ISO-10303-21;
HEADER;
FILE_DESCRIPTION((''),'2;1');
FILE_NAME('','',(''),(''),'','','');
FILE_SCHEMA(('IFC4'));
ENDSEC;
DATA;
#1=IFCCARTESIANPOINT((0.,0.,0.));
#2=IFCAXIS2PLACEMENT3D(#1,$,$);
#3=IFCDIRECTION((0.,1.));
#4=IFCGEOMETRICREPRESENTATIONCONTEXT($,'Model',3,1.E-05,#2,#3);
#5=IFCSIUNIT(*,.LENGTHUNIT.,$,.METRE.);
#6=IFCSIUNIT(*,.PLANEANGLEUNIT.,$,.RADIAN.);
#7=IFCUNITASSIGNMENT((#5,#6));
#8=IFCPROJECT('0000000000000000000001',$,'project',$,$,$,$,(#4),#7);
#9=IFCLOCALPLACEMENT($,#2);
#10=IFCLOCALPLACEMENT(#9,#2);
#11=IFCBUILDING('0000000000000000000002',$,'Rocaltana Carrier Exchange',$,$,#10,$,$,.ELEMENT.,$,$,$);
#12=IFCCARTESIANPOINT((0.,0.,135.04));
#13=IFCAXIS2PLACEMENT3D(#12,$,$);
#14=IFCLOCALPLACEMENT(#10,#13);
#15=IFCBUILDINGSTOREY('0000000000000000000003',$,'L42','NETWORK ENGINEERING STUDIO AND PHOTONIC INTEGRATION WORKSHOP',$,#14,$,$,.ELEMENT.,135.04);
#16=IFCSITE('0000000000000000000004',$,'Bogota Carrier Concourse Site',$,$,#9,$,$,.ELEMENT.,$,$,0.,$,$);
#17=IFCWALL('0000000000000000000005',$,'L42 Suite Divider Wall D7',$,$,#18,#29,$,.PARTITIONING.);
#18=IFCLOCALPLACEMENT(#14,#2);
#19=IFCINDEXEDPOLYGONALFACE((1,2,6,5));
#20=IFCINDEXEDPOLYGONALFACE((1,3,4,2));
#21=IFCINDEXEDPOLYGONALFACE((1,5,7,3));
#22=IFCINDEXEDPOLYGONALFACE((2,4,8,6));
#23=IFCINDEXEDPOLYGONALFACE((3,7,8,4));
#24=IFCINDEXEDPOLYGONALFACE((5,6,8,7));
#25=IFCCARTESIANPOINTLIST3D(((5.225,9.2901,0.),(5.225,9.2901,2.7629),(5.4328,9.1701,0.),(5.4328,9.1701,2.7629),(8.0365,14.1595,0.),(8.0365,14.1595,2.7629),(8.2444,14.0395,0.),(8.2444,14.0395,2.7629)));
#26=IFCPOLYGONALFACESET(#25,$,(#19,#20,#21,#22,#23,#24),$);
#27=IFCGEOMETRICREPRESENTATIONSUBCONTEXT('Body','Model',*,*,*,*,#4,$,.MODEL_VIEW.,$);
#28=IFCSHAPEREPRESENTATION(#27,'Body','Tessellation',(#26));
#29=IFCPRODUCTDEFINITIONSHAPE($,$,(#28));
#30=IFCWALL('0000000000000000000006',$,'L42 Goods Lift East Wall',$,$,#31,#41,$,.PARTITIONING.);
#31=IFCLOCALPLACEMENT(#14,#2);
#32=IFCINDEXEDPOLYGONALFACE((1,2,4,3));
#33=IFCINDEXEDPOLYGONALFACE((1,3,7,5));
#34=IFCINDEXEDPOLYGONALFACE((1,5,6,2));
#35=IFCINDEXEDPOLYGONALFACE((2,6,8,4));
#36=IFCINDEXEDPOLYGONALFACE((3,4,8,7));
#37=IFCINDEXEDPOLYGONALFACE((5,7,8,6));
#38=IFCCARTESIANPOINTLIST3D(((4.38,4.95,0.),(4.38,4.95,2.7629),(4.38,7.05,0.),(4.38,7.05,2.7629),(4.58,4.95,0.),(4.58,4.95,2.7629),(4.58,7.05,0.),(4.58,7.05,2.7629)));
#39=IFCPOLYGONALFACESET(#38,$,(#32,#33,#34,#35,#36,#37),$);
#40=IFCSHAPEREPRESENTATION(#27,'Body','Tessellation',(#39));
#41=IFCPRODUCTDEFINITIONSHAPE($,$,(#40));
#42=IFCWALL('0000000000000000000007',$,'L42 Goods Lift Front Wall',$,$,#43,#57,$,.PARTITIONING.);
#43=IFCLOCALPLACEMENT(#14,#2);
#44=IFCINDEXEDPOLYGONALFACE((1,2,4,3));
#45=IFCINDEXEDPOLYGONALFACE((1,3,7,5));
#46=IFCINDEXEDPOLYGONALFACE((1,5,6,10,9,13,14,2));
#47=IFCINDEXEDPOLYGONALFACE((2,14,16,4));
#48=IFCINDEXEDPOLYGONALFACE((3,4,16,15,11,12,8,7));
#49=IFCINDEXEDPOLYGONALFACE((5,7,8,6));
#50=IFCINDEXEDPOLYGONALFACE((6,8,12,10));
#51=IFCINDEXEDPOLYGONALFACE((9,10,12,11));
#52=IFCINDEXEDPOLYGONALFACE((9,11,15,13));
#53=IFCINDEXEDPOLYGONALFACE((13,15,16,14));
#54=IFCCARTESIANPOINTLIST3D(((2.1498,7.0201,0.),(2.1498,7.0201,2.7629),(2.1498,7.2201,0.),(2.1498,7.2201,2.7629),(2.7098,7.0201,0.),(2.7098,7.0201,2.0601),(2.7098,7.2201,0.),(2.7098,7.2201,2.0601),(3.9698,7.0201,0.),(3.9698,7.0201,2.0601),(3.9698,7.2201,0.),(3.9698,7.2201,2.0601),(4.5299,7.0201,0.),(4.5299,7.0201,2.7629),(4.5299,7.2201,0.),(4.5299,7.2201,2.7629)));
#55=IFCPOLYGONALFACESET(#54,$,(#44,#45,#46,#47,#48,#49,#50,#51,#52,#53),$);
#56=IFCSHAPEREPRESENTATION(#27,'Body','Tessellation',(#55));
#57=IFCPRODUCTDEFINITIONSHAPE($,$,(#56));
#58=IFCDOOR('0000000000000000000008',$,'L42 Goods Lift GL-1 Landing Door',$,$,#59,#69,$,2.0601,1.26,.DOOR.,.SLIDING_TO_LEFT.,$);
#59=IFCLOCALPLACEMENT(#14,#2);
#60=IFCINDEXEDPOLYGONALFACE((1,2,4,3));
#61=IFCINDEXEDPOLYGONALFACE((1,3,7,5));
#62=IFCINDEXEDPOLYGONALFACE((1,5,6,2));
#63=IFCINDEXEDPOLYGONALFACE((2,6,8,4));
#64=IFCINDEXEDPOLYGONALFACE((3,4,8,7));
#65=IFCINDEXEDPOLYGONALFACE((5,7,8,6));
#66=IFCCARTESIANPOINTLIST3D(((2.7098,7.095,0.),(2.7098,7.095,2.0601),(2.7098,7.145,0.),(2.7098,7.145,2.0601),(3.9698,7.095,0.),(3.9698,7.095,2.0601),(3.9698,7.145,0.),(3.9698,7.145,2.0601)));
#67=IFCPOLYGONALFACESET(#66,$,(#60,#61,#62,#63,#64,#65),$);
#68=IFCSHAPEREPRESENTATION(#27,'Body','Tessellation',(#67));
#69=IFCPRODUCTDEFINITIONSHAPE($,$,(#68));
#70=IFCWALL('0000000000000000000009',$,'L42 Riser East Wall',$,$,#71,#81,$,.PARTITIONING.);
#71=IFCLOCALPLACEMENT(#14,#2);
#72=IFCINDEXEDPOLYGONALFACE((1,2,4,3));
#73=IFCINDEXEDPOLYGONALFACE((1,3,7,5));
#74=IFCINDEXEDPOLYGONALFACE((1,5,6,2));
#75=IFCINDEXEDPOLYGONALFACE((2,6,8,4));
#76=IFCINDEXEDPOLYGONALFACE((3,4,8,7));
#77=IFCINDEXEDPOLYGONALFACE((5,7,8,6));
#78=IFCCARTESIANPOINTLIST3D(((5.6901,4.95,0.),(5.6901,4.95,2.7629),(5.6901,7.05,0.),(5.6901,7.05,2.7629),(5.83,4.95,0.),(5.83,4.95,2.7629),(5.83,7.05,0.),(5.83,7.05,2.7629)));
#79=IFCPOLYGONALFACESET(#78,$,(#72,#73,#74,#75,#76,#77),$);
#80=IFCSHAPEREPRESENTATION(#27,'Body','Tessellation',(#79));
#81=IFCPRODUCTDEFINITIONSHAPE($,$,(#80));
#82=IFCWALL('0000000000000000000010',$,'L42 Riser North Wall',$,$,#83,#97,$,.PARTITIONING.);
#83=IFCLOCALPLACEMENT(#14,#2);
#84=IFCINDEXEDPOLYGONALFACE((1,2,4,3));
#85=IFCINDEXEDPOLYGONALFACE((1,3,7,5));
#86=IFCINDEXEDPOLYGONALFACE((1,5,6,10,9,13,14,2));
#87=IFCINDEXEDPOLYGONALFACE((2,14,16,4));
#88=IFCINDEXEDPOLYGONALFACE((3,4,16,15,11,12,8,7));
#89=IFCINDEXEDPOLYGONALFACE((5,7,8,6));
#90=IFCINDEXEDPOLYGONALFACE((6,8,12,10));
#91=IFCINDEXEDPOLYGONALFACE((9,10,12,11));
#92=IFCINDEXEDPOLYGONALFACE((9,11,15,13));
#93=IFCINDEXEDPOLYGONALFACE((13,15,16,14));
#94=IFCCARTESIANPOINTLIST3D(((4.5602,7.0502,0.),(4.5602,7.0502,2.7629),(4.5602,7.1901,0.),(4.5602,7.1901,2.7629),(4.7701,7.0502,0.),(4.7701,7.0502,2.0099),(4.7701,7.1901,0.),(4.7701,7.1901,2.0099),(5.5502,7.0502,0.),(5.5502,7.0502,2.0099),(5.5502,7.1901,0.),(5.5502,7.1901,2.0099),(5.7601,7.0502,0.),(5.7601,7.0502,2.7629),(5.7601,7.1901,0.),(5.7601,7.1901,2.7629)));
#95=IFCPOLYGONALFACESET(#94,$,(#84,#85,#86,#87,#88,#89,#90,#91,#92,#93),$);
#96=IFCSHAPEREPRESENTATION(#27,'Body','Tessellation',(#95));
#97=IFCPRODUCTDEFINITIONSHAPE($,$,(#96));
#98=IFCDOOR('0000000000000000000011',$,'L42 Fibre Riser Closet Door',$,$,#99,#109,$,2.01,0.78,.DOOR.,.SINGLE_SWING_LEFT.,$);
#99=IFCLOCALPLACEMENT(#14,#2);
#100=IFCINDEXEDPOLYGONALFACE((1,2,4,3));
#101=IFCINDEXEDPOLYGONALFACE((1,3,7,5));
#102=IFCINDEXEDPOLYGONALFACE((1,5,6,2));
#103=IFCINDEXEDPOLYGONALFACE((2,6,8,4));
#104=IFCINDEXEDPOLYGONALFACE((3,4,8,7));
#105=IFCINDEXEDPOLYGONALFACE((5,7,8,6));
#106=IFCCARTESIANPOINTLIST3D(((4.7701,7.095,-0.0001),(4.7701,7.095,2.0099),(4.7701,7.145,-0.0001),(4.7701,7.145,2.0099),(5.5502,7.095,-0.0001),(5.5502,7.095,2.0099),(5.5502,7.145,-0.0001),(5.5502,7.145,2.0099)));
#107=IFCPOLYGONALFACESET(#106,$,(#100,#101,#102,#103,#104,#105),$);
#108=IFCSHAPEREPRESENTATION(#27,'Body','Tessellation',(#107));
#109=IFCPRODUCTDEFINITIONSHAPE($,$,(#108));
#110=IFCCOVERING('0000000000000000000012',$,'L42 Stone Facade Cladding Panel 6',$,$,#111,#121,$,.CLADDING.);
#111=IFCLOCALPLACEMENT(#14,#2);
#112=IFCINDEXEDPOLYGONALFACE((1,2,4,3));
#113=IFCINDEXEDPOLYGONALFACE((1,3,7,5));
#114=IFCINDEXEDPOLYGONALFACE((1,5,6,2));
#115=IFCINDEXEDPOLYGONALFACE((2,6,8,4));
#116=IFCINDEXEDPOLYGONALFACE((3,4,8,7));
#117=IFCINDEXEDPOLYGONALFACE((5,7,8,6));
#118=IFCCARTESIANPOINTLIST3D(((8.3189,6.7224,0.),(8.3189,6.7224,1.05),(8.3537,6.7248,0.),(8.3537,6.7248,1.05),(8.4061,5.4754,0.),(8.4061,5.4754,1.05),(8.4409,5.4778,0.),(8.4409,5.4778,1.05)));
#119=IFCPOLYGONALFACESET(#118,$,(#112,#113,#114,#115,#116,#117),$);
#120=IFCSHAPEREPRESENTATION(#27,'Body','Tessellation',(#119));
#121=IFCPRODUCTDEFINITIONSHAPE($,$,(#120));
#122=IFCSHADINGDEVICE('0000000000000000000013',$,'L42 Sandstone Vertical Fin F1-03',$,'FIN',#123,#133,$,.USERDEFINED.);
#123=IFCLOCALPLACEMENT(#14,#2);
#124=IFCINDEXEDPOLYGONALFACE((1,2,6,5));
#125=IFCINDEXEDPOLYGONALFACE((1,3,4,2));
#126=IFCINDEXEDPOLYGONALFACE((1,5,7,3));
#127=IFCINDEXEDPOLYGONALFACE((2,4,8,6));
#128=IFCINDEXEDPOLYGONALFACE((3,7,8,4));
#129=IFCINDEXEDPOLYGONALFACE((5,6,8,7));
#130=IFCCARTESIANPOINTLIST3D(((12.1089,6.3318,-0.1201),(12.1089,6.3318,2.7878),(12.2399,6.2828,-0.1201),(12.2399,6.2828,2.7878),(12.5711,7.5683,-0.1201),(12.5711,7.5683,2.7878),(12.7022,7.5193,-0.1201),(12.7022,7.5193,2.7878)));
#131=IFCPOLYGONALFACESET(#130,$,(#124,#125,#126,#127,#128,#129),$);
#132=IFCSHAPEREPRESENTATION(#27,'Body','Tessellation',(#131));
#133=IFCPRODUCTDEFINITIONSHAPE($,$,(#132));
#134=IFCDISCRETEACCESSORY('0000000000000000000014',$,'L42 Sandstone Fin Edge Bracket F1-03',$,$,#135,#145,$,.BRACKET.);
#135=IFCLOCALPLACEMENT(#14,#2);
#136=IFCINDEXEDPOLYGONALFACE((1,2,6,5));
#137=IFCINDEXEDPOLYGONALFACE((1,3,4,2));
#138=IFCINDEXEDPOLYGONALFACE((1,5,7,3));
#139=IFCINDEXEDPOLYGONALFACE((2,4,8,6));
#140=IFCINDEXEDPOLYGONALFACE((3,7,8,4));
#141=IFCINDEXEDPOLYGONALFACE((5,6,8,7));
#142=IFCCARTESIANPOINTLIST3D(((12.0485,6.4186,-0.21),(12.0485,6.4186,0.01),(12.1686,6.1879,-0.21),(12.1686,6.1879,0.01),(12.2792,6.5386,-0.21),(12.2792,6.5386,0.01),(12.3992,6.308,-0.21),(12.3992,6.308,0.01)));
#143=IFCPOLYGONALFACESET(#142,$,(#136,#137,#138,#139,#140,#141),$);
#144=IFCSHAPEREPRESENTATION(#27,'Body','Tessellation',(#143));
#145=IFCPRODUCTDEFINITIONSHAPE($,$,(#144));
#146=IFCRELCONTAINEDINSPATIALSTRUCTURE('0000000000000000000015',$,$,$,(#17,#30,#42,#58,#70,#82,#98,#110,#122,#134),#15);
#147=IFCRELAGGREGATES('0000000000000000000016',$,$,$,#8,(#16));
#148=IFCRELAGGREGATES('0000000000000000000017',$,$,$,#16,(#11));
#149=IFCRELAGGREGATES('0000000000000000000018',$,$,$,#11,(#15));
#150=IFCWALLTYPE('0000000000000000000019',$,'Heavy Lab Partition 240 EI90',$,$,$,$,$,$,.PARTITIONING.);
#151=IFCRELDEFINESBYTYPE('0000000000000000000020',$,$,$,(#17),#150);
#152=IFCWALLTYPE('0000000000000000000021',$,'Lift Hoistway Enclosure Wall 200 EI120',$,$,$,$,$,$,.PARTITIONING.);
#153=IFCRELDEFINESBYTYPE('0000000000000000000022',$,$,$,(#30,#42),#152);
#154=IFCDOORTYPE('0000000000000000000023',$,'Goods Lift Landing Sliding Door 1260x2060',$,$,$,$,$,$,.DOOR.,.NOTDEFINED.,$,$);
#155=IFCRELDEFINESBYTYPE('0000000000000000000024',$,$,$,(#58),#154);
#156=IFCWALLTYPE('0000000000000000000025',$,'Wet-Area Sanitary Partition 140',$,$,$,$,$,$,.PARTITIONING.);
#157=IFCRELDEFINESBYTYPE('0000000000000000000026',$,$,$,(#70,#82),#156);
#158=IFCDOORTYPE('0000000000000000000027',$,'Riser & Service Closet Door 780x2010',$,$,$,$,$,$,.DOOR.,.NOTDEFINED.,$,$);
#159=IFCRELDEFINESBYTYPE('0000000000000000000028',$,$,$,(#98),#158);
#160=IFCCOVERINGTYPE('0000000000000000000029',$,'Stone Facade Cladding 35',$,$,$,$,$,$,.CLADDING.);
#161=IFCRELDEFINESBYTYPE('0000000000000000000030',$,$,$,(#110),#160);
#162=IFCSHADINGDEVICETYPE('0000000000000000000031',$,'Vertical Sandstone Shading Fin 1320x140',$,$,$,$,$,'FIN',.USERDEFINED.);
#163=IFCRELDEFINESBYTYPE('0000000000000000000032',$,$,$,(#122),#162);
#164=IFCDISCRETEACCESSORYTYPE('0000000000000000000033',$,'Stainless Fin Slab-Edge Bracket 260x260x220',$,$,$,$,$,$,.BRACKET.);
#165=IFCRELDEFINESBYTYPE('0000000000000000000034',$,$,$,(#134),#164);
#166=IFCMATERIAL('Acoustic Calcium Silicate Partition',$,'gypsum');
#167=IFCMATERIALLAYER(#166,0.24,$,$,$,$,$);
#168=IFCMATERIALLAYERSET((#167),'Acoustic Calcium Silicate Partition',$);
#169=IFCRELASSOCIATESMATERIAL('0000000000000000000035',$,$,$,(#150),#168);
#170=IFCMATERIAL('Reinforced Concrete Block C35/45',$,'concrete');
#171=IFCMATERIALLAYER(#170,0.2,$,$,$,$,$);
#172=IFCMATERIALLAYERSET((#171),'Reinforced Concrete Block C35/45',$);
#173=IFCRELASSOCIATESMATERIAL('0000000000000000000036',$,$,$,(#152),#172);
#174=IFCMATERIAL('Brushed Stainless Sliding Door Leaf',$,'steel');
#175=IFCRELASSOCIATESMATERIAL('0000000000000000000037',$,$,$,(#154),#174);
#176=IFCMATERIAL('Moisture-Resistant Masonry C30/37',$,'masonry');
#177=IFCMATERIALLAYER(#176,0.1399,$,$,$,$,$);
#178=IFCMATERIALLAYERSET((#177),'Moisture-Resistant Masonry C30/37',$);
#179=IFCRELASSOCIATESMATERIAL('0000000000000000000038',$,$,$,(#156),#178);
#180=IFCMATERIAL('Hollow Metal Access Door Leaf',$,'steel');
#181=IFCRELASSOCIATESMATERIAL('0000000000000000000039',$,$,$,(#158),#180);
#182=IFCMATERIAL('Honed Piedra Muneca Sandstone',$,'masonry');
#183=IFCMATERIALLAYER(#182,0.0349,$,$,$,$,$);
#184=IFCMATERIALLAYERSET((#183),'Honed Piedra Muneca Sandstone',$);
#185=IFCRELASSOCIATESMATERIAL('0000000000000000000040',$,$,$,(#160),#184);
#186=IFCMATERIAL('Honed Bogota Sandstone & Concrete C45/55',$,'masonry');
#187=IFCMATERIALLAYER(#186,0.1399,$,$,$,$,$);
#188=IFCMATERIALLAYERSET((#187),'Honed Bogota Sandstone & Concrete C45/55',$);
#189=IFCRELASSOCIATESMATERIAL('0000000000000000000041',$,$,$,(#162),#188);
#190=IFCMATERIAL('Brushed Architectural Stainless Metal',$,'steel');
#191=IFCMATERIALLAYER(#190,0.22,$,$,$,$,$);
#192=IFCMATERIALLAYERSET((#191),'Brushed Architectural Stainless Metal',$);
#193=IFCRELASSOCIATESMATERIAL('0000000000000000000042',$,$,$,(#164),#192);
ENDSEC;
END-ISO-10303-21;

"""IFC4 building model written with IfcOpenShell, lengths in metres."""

from ifc_helpers import new_model, si_unit, direction, frame, frame_2d, origin, origin_2d, place, context, subcontext, project, spatial, rectangle, extrude, material, layer, layer_set, type_object, element, fill, save


model = new_model("IFC4")

# Units and contexts
model_context = context("Model", 3, precision=1e-05, world=origin(), true_north=direction((0.0, 1.0)))
body_context = subcontext(model_context, "Body", "Model", "MODEL_VIEW")
ifc_project = project(units=[si_unit("LENGTHUNIT", "METRE"), si_unit("PLANEANGLEUNIT", "RADIAN")], contexts=[model_context])

# Site, building, storey
site_placement = place(None, origin())
site = spatial("IfcSite", under=ifc_project, at=site_placement, Name="Bogota Carrier Concourse Site", CompositionType="ELEMENT", RefElevation=0.0)
building_placement = place(site_placement, origin())
building = spatial("IfcBuilding", under=site, at=building_placement, Name="Rocaltana Carrier Exchange", CompositionType="ELEMENT")
storey_placement = place(building_placement, frame((0.0, 0.0, 135.04)))
storey = spatial("IfcBuildingStorey", under=building, at=storey_placement, Name="L42", Description="NETWORK ENGINEERING STUDIO AND PHOTONIC INTEGRATION WORKSHOP", CompositionType="ELEMENT", Elevation=135.04)

# Walls
ifc_material_1 = material(Name="Acoustic Calcium Silicate Partition", Category="gypsum")
ifc_layer_1 = layer(ifc_material_1, 0.24)
ifc_layer_set_1 = layer_set([ifc_layer_1], Name="Acoustic Calcium Silicate Partition")
wall_type_1 = type_object("IfcWallType", Name="Heavy Lab Partition 240 EI90", PredefinedType="PARTITIONING", material=ifc_layer_set_1)
wall_1_placement = place(storey_placement, frame((5.3289, 9.23, 0.0), z_axis=(0.0, 0.0, 1.0), x_axis=(0.500024, 0.866011, 0.0)))
element("IfcWall", 1, at=wall_1_placement, inside=storey, type_object=wall_type_1, Name="L42 Suite Divider Wall D7", PredefinedType="PARTITIONING", context=body_context, shape_type="SweptSolid", body=[
    extrude(rectangle(XDim=5.6228, YDim=0.24, at=frame_2d((2.8115, 0.0))), origin(), (0.0, 0.0, 1.0), 2.7629),
])
ifc_material_2 = material(Name="Reinforced Concrete Block C35/45", Category="concrete")
ifc_layer_2 = layer(ifc_material_2, 0.2)
ifc_layer_set_2 = layer_set([ifc_layer_2], Name="Reinforced Concrete Block C35/45")
wall_type_2 = type_object("IfcWallType", Name="Lift Hoistway Enclosure Wall 200 EI120", PredefinedType="PARTITIONING", material=ifc_layer_set_2)
wall_2_placement = place(storey_placement, frame((4.48, 4.95, 0.0), z_axis=(0.0, 0.0, 1.0), x_axis=(0.0, 1.0, 0.0)))
element("IfcWall", 2, at=wall_2_placement, inside=storey, type_object=wall_type_2, Name="L42 Goods Lift East Wall", PredefinedType="PARTITIONING", context=body_context, shape_type="SweptSolid", body=[
    extrude(rectangle(XDim=2.1001, YDim=0.2, at=frame_2d((1.05, 0.0))), origin(), (0.0, 0.0, 1.0), 2.7629),
])

# Wall, opening, door
wall_3_placement = place(storey_placement, frame((2.1499, 7.1201, 0.0), z_axis=(0.0, 0.0, 1.0), x_axis=(1.0, 0.0, 0.0)))
wall_3 = element("IfcWall", 3, at=wall_3_placement, inside=storey, type_object=wall_type_2, Name="L42 Goods Lift Front Wall", PredefinedType="PARTITIONING", context=body_context, shape_type="SweptSolid", body=[
    extrude(rectangle(XDim=2.3801, YDim=0.2, at=frame_2d((1.1899, 0.0))), origin(), (0.0, 0.0, 1.0), 2.7629),
])
opening_1_placement = place(wall_3_placement, frame((0.5601, 0.0, 0.0)))
opening_1 = element("IfcOpeningElement", 4, at=opening_1_placement, cuts=wall_3, PredefinedType="OPENING", context=body_context, shape_type="SweptSolid", body=[
    extrude(rectangle(XDim=1.26, YDim=2.0601, at=frame_2d((0.6299, 1.03))), frame((0.0, 0.1099, 0.0), z_axis=(0.0, -1.0, 0.0), x_axis=(1.0, 0.0, 0.0)), (0.0, 0.0, 1.0), 0.22),
])
ifc_material_3 = material(Name="Brushed Stainless Sliding Door Leaf", Category="steel")
door_type_1 = type_object("IfcDoorType", Name="Goods Lift Landing Sliding Door 1260x2060", OperationType="NOTDEFINED", PredefinedType="DOOR", material=ifc_material_3)
door_1_placement = place(opening_1_placement, origin())
door_1 = element("IfcDoor", 5, at=door_1_placement, inside=storey, type_object=door_type_1, Name="L42 Goods Lift GL-1 Landing Door", OperationType="SLIDING_TO_LEFT", OverallHeight=2.0601, OverallWidth=1.26, PredefinedType="DOOR", context=body_context, shape_type="SweptSolid", body=[
    extrude(rectangle(XDim=1.26, YDim=2.0601, at=frame_2d((0.6299, 1.03))), frame((0.0, 0.0249, 0.0), z_axis=(0.0, -1.0, 0.0), x_axis=(1.0, 0.0, 0.0)), (0.0, 0.0, 1.0), 0.05),
])
fill(opening_1, door_1)

# Wall
ifc_material_4 = material(Name="Moisture-Resistant Masonry C30/37", Category="masonry")
ifc_layer_3 = layer(ifc_material_4, 0.1399)
ifc_layer_set_3 = layer_set([ifc_layer_3], Name="Moisture-Resistant Masonry C30/37")
wall_type_3 = type_object("IfcWallType", Name="Wet-Area Sanitary Partition 140", PredefinedType="PARTITIONING", material=ifc_layer_set_3)
wall_4_placement = place(storey_placement, frame((5.76, 4.95, 0.0), z_axis=(0.0, 0.0, 1.0), x_axis=(0.0, 1.0, 0.0)))
element("IfcWall", 6, at=wall_4_placement, inside=storey, type_object=wall_type_3, Name="L42 Riser East Wall", PredefinedType="PARTITIONING", context=body_context, shape_type="SweptSolid", body=[
    extrude(rectangle(XDim=2.1001, YDim=0.1399, at=frame_2d((1.05, 0.0))), origin(), (0.0, 0.0, 1.0), 2.7629),
])

# Wall, opening, door
wall_5_placement = place(storey_placement, frame((4.5601, 7.1201, 0.0), z_axis=(0.0, 0.0, 1.0), x_axis=(1.0, 0.0, 0.0)))
wall_5 = element("IfcWall", 7, at=wall_5_placement, inside=storey, type_object=wall_type_3, Name="L42 Riser North Wall", PredefinedType="PARTITIONING", context=body_context, shape_type="SweptSolid", body=[
    extrude(rectangle(XDim=1.2, YDim=0.1399, at=frame_2d((0.6001, 0.0))), origin(), (0.0, 0.0, 1.0), 2.7629),
])
opening_2_placement = place(wall_5_placement, frame((0.21, 0.0, 0.0)))
opening_2 = element("IfcOpeningElement", 8, at=opening_2_placement, cuts=wall_5, PredefinedType="OPENING", context=body_context, shape_type="SweptSolid", body=[
    extrude(rectangle(XDim=0.78, YDim=2.01, at=frame_2d((0.3901, 1.0049))), frame((0.0, 0.0798, 0.0), z_axis=(0.0, -1.0, 0.0), x_axis=(1.0, 0.0, 0.0)), (0.0, 0.0, 1.0), 0.1599),
])
ifc_material_5 = material(Name="Hollow Metal Access Door Leaf", Category="steel")
door_type_2 = type_object("IfcDoorType", Name="Riser & Service Closet Door 780x2010", OperationType="NOTDEFINED", PredefinedType="DOOR", material=ifc_material_5)
door_2_placement = place(opening_2_placement, origin())
door_2 = element("IfcDoor", 9, at=door_2_placement, inside=storey, type_object=door_type_2, Name="L42 Fibre Riser Closet Door", OperationType="SINGLE_SWING_LEFT", OverallHeight=2.01, OverallWidth=0.78, PredefinedType="DOOR", context=body_context, shape_type="SweptSolid", body=[
    extrude(rectangle(XDim=0.78, YDim=2.01, at=frame_2d((0.3901, 1.0049))), frame((0.0, 0.0249, 0.0), z_axis=(0.0, -1.0, 0.0), x_axis=(1.0, 0.0, 0.0)), (0.0, 0.0, 1.0), 0.05),
])
fill(opening_2, door_2)

# Covering
ifc_material_6 = material(Name="Honed Piedra Muneca Sandstone", Category="masonry")
ifc_layer_4 = layer(ifc_material_6, 0.0349)
ifc_layer_set_4 = layer_set([ifc_layer_4], Name="Honed Piedra Muneca Sandstone")
covering_type = type_object("IfcCoveringType", Name="Stone Facade Cladding 35", PredefinedType="CLADDING", material=ifc_layer_set_4)
covering_placement = place(storey_placement, frame((8.3799, 6.1001, 0.0), z_axis=(0.0, 0.0, 1.0), x_axis=(-0.069756, 0.997564, 0.0)))
element("IfcCovering", 10, at=covering_placement, inside=storey, type_object=covering_type, Name="L42 Stone Facade Cladding Panel 6", PredefinedType="CLADDING", context=body_context, shape_type="SweptSolid", body=[
    extrude(rectangle(XDim=1.25, YDim=0.0349, at=origin_2d()), origin(), (0.0, 0.0, 1.0), 1.05),
])

# Shading device
ifc_material_7 = material(Name="Honed Bogota Sandstone & Concrete C45/55", Category="masonry")
ifc_layer_5 = layer(ifc_material_7, 0.1399)
ifc_layer_set_5 = layer_set([ifc_layer_5], Name="Honed Bogota Sandstone & Concrete C45/55")
shading_device_type = type_object("IfcShadingDeviceType", Name="Vertical Sandstone Shading Fin 1320x140", ElementType="FIN", PredefinedType="USERDEFINED", material=ifc_layer_set_5)
shading_device_placement = place(storey_placement, frame((12.4055, 6.9255, -0.1201), z_axis=(0.0, 0.0, 1.0), x_axis=(0.350207, 0.936672, 0.0)))
element("IfcShadingDevice", 11, at=shading_device_placement, inside=storey, type_object=shading_device_type, Name="L42 Sandstone Vertical Fin F1-03", ObjectType="FIN", PredefinedType="USERDEFINED", context=body_context, shape_type="SweptSolid", body=[
    extrude(rectangle(XDim=1.3201, YDim=0.1399, at=origin_2d()), origin(), (0.0, 0.0, 1.0), 2.908),
])

# Discrete accessory
ifc_material_8 = material(Name="Brushed Architectural Stainless Metal", Category="steel")
ifc_layer_6 = layer(ifc_material_8, 0.22)
ifc_layer_set_6 = layer_set([ifc_layer_6], Name="Brushed Architectural Stainless Metal")
discrete_accessory_type = type_object("IfcDiscreteAccessoryType", Name="Stainless Fin Slab-Edge Bracket 260x260x220", PredefinedType="BRACKET", material=ifc_layer_set_6)
discrete_accessory_placement = place(storey_placement, frame((12.2239, 6.3633, -0.21), z_axis=(0.0, 0.0, 1.0), x_axis=(-0.461749, 0.887011, 0.0)))
element("IfcDiscreteAccessory", 12, at=discrete_accessory_placement, inside=storey, type_object=discrete_accessory_type, Name="L42 Sandstone Fin Edge Bracket F1-03", PredefinedType="BRACKET", context=body_context, shape_type="SweptSolid", body=[
    extrude(rectangle(XDim=0.26, YDim=0.26, at=origin_2d()), origin(), (0.0, 0.0, 1.0), 0.22),
])

save(model, "model.ifc")
